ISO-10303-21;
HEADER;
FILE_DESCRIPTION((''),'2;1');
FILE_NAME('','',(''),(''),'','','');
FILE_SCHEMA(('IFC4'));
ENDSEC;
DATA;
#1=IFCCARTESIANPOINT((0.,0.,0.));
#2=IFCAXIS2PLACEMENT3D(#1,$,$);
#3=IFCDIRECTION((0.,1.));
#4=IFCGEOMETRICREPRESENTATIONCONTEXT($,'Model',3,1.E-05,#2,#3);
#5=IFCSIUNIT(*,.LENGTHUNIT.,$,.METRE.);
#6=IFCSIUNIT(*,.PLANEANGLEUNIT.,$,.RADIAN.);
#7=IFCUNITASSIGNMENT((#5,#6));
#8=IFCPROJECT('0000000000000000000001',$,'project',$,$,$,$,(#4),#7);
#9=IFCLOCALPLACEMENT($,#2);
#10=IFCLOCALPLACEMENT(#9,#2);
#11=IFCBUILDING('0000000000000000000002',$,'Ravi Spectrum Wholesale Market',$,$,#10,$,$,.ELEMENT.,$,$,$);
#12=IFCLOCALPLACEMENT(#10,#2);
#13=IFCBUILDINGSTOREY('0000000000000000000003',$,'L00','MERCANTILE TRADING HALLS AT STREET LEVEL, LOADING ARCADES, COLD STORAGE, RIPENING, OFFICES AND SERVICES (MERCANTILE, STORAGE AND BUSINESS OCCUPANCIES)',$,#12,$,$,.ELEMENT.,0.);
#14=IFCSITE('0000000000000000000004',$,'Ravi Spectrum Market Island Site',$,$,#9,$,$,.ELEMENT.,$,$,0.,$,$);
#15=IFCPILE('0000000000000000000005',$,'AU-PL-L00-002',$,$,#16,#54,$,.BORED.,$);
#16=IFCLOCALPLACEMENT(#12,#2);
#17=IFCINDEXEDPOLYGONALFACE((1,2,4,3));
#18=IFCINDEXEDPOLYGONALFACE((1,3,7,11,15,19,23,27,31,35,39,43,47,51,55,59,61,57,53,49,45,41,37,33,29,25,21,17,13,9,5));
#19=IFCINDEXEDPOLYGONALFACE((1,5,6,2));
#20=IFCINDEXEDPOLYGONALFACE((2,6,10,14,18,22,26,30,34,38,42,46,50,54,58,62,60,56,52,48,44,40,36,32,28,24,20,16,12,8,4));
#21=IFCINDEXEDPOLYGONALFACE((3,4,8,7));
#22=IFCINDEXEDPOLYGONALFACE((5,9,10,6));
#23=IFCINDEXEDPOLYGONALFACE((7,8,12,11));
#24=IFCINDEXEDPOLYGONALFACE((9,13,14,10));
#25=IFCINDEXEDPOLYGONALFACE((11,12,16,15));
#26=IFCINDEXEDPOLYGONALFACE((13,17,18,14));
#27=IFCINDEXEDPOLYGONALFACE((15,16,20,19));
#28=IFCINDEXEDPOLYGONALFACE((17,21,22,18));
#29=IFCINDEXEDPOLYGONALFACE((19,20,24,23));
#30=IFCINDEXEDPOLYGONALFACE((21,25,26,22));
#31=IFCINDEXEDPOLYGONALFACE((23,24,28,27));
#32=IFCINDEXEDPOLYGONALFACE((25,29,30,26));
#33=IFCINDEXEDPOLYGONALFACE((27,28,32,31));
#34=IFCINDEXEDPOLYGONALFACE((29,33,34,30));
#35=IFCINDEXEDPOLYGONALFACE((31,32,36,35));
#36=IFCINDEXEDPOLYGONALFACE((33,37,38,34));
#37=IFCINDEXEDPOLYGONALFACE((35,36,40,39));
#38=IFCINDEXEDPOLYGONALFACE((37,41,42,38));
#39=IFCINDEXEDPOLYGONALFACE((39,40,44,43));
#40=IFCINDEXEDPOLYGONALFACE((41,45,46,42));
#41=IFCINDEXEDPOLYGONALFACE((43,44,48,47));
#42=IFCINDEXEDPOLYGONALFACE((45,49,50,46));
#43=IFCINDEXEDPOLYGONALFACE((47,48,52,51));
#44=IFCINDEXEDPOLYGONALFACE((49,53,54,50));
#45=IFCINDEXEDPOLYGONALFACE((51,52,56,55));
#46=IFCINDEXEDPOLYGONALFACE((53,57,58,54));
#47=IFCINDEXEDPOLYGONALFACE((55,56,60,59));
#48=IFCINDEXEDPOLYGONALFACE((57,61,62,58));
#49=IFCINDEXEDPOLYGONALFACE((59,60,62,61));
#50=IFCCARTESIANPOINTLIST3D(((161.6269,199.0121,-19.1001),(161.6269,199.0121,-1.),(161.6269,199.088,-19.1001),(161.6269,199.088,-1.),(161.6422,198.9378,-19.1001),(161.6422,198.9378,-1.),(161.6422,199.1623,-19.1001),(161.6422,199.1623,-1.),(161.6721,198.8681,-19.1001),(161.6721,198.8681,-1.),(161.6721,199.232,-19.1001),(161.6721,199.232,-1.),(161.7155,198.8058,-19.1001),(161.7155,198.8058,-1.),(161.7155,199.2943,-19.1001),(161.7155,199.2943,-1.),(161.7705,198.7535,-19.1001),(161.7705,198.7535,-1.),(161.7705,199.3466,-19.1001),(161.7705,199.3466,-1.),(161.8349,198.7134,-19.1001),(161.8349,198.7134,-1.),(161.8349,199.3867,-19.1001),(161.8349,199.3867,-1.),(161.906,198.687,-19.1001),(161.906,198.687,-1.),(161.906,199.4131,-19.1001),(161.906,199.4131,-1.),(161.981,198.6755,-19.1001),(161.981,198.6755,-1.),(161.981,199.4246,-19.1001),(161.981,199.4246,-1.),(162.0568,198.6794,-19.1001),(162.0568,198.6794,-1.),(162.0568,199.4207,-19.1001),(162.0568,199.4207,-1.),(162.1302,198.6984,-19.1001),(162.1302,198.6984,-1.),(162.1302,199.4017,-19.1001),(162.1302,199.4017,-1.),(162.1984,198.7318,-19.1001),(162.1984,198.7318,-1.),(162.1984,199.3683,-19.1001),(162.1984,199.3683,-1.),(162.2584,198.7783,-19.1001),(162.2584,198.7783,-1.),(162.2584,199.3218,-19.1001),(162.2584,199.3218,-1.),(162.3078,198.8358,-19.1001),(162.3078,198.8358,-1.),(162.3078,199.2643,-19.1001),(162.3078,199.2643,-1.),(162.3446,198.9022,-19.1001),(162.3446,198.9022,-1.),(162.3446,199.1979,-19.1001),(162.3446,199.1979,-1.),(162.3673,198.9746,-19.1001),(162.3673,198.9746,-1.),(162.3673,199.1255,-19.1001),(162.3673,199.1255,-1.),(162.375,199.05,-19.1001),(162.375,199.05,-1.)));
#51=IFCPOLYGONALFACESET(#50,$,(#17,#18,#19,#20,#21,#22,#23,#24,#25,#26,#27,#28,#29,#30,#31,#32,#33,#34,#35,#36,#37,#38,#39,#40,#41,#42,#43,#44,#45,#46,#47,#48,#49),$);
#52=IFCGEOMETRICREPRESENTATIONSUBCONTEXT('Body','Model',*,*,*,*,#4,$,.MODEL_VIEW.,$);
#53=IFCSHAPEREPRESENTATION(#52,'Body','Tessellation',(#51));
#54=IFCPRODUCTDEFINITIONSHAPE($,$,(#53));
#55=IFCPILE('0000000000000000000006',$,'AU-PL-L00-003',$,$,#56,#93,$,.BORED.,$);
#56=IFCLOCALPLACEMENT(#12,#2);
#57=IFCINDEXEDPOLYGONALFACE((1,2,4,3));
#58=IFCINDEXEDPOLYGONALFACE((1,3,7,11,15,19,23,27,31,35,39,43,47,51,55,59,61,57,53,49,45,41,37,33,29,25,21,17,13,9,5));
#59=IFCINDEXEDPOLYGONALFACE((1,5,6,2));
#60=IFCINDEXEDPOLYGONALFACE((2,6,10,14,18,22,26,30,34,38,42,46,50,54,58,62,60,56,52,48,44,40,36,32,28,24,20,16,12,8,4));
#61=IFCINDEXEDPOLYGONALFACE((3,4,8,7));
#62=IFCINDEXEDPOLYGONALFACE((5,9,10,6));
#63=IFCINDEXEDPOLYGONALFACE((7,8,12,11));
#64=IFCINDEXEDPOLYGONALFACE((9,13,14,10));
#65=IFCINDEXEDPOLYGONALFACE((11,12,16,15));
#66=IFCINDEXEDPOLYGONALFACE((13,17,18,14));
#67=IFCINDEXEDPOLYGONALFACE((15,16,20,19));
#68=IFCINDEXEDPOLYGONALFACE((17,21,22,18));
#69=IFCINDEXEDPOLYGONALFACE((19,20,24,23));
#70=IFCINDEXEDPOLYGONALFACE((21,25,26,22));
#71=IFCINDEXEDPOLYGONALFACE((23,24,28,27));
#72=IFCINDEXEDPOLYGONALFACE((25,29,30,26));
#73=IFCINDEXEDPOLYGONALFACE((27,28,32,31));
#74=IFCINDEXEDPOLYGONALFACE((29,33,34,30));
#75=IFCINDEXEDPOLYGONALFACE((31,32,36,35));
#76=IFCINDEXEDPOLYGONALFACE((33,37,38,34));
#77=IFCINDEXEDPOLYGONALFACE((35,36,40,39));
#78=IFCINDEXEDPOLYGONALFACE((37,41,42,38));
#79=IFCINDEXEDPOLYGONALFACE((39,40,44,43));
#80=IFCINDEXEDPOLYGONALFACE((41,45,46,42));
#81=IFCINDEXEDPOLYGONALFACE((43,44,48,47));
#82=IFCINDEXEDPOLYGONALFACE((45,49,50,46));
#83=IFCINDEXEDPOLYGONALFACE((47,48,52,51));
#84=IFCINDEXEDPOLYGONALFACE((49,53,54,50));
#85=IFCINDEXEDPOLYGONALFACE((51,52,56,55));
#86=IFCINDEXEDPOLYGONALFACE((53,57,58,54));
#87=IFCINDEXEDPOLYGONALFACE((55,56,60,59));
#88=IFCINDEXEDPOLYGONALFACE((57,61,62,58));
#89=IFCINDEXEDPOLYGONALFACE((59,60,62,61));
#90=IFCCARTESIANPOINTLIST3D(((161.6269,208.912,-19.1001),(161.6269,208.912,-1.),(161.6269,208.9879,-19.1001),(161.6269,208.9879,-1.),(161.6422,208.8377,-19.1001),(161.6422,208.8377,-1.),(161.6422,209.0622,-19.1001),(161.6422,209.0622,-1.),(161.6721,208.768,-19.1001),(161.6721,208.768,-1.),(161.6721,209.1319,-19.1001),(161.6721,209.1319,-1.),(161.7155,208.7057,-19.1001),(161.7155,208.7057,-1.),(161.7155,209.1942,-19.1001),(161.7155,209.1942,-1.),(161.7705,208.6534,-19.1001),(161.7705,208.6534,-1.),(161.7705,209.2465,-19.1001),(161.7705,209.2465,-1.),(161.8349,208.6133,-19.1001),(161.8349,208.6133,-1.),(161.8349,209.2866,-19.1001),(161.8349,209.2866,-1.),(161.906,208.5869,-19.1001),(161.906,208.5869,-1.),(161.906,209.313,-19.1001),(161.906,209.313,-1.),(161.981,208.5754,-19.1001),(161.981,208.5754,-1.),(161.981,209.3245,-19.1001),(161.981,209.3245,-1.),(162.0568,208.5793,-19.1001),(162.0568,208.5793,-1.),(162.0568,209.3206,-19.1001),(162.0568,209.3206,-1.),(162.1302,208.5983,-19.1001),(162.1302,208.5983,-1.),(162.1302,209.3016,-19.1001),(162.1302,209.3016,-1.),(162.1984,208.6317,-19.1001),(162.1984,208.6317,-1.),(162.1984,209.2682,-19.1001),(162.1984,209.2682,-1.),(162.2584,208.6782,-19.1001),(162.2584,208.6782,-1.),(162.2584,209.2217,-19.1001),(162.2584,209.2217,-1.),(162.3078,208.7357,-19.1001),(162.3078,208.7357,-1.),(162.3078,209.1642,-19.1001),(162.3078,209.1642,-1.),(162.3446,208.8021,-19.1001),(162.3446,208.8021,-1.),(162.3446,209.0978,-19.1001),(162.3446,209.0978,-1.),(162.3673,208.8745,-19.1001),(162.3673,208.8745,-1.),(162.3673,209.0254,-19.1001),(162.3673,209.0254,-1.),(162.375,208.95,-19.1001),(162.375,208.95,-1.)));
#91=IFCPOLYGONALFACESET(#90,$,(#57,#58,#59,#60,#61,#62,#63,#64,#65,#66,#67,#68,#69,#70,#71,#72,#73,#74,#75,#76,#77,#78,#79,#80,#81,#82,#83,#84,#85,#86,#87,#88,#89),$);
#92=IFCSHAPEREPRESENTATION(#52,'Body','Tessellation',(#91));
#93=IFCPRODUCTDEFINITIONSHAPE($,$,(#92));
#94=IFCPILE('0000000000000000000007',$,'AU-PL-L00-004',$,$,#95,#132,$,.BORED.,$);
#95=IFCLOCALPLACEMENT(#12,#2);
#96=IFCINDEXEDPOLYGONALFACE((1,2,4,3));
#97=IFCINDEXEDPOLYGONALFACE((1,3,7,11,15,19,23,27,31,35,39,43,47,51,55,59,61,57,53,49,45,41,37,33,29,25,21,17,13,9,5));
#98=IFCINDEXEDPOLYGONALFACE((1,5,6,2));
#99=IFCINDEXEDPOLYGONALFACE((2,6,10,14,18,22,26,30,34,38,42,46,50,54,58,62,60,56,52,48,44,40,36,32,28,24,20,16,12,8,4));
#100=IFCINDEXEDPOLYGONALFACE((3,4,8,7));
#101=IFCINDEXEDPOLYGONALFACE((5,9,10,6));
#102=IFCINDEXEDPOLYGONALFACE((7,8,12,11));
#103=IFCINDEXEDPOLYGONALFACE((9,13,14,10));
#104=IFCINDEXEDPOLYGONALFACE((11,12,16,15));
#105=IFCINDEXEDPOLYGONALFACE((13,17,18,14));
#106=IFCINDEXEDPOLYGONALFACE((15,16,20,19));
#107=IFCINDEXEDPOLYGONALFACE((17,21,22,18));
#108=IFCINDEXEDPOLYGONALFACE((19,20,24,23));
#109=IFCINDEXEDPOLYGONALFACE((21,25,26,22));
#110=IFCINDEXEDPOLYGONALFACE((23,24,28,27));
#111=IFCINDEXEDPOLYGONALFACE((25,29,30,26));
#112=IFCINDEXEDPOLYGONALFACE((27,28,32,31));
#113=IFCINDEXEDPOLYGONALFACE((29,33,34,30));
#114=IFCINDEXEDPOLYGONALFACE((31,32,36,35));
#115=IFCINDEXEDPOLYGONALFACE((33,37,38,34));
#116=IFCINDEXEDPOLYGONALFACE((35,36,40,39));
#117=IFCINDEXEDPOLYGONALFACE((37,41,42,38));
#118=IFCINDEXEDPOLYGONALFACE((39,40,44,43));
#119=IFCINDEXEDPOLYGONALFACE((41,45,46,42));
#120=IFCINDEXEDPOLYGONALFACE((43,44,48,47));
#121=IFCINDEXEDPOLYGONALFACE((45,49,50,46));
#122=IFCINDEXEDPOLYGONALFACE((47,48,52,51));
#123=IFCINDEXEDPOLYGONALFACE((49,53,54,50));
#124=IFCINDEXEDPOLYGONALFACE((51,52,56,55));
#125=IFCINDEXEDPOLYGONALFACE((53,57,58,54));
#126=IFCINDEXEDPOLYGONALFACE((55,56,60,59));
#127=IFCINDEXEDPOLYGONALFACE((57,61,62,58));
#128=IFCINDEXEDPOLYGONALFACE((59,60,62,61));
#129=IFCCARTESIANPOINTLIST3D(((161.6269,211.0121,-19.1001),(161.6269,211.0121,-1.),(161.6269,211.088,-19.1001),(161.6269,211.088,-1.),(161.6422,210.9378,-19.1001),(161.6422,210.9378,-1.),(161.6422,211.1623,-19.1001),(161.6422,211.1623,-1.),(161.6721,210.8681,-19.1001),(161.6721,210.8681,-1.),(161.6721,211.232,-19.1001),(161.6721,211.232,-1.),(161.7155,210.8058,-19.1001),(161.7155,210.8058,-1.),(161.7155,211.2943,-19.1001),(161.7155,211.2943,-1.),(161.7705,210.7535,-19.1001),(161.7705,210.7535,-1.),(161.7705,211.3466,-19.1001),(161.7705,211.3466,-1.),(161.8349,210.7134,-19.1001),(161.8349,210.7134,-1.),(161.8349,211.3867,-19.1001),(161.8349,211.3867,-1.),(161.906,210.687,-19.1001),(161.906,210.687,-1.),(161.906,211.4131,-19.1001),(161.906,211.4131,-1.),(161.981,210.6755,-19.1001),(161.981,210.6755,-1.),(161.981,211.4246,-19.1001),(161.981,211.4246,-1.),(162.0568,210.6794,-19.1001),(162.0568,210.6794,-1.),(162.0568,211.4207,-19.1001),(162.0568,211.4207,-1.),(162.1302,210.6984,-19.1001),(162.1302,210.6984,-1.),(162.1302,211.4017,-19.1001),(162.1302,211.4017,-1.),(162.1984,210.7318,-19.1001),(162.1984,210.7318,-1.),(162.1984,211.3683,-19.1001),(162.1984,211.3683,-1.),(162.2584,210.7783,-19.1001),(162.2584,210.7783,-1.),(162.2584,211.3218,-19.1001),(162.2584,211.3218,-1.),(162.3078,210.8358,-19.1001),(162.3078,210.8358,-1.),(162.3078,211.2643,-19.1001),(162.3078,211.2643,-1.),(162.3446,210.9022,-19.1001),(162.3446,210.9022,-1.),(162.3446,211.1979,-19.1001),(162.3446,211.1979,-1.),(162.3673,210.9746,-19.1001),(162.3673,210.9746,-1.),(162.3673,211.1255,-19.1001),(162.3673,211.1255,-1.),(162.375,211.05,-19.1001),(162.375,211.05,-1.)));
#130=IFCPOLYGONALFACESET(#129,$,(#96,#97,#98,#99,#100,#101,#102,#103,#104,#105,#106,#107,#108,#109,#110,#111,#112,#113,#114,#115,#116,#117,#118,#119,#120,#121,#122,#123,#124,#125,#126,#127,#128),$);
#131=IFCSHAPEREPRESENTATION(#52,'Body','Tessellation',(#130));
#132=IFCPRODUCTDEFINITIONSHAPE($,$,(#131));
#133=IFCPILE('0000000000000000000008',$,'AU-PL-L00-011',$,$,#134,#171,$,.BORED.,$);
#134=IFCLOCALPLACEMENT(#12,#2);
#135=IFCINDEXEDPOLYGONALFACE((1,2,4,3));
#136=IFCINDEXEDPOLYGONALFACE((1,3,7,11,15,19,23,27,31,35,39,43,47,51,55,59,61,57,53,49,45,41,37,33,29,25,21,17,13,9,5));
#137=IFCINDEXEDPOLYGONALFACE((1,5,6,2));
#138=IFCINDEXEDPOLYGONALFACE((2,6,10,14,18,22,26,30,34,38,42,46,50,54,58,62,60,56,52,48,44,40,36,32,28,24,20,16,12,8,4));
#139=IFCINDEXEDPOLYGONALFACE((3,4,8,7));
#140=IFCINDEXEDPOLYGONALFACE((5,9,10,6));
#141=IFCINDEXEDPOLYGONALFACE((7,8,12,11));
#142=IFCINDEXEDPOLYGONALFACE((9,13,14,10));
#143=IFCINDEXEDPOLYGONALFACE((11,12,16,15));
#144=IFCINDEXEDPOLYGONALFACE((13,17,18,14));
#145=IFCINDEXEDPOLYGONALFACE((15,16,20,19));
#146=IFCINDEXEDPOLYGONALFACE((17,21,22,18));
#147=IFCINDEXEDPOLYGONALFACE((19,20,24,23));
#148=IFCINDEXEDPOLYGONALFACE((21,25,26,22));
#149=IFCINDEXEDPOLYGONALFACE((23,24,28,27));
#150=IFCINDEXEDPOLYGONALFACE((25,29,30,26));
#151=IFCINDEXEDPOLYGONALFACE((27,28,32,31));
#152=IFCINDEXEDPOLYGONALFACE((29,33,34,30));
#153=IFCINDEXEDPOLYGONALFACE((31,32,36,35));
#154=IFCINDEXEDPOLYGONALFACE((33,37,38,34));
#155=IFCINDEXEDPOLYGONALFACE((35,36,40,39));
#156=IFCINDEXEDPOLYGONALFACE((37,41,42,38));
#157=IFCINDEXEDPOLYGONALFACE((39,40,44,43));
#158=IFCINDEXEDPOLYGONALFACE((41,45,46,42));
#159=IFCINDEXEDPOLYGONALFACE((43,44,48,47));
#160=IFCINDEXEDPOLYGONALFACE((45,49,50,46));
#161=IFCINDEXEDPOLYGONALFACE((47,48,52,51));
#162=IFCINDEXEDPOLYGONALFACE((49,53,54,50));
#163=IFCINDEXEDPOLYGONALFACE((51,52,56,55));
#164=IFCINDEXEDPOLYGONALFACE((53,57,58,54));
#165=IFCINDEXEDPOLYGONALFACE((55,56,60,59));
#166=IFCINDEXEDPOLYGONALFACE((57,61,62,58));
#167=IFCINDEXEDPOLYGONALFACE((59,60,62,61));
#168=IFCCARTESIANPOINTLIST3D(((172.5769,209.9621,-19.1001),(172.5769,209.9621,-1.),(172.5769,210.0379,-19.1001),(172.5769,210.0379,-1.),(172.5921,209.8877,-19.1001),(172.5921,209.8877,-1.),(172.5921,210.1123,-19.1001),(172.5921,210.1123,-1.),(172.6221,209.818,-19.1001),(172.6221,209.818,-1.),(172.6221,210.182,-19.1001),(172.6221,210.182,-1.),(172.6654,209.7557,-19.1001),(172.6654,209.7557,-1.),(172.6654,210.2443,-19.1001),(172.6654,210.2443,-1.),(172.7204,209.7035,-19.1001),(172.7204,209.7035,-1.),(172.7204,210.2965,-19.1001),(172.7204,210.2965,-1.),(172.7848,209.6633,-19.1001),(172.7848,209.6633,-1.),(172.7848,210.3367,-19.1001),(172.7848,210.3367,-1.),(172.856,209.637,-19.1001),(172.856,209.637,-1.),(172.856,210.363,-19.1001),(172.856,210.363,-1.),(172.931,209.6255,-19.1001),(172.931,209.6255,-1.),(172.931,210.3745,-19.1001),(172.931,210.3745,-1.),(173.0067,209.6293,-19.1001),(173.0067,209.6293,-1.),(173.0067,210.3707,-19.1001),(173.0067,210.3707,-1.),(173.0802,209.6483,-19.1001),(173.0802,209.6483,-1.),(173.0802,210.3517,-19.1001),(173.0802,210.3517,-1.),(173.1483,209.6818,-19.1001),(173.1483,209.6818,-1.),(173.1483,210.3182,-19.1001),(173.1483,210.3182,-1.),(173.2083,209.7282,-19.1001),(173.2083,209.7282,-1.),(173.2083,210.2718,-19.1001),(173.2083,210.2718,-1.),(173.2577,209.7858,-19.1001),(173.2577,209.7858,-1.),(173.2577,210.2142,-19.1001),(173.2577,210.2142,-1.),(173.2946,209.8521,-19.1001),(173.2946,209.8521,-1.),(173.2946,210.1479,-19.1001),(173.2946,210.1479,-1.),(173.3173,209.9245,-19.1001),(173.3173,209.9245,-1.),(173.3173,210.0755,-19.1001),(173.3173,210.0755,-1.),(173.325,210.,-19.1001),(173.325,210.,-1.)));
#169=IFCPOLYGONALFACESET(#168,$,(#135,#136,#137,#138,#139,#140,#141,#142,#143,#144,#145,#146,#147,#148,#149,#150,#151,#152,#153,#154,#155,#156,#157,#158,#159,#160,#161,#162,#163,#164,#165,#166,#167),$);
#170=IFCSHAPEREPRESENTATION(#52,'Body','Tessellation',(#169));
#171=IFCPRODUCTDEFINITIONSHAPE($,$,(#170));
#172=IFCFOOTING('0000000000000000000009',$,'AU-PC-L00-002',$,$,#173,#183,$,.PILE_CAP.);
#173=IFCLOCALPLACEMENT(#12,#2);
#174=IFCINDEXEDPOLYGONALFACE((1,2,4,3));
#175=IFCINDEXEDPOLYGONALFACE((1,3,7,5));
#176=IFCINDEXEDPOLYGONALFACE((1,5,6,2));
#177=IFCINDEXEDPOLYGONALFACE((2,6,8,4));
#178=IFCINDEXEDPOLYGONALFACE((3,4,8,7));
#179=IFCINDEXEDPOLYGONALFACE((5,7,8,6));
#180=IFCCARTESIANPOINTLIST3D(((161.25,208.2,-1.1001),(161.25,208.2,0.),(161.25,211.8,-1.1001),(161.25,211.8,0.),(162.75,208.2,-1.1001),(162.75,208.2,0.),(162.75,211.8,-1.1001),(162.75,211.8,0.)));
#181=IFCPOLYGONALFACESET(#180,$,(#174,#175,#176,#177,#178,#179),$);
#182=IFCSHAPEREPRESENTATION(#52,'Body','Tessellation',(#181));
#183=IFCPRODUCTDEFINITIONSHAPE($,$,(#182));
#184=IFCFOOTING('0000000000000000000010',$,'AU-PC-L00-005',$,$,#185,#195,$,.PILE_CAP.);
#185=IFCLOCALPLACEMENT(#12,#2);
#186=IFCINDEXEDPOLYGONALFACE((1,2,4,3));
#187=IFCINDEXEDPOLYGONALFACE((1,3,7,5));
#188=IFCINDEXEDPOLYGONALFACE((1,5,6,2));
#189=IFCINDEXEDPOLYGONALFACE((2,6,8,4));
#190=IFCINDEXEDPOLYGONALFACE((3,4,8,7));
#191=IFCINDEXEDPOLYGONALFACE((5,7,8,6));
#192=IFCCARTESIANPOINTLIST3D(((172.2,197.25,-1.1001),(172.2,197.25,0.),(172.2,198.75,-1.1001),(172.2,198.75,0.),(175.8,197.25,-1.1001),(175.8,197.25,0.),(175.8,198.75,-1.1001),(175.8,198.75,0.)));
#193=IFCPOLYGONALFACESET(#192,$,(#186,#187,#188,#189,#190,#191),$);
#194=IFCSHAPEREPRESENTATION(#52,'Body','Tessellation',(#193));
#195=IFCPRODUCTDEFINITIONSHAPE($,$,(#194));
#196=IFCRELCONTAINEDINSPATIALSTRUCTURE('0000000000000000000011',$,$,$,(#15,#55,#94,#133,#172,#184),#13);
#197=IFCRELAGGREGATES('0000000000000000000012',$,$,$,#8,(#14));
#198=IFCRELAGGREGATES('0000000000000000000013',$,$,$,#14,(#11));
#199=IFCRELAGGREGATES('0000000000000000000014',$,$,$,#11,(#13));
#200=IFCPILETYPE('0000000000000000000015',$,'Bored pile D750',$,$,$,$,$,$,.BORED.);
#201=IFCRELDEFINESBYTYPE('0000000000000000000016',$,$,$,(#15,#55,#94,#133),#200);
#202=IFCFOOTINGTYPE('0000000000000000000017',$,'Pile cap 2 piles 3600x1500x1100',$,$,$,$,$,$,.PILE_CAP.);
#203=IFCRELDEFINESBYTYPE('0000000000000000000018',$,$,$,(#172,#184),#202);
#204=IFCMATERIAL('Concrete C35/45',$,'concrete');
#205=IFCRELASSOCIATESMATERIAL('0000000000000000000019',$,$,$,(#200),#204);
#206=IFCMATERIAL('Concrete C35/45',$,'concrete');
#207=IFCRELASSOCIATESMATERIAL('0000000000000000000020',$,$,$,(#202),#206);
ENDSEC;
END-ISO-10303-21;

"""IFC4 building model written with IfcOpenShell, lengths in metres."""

from ifc_helpers import new_model, si_unit, direction, frame, origin, origin_2d, place, context, subcontext, project, spatial, rectangle, circle, extrude, material, material_profile, profile_set, type_object, element, save


model = new_model("IFC4")

# Units and contexts
model_context = context("Model", 3, precision=1e-05, world=origin(), true_north=direction((0.0, 1.0)))
body_context = subcontext(model_context, "Body", "Model", "MODEL_VIEW")
ifc_project = project(units=[si_unit("LENGTHUNIT", "METRE"), si_unit("PLANEANGLEUNIT", "RADIAN")], contexts=[model_context])

# Site, building, storey
site_placement = place(None, origin())
site = spatial("IfcSite", under=ifc_project, at=site_placement, Name="Ravi Spectrum Market Island Site", CompositionType="ELEMENT", RefElevation=0.0)
building_placement = place(site_placement, origin())
building = spatial("IfcBuilding", under=site, at=building_placement, Name="Ravi Spectrum Wholesale Market", CompositionType="ELEMENT")
storey_placement = place(building_placement, origin())
storey = spatial("IfcBuildingStorey", under=building, at=storey_placement, Name="L00", Description="MERCANTILE TRADING HALLS AT STREET LEVEL, LOADING ARCADES, COLD STORAGE, RIPENING, OFFICES AND SERVICES (MERCANTILE, STORAGE AND BUSINESS OCCUPANCIES)", CompositionType="ELEMENT", Elevation=0.0)

# Piles
ifc_material_1 = material(Name="Concrete C35/45", Category="concrete")
ifc_material_profile_1 = material_profile(ifc_material_1, circle(Radius=0.375, at=origin_2d()))
ifc_profile_set_1 = profile_set([ifc_material_profile_1], Name="Concrete C35/45")
pile_type = type_object("IfcPileType", Name="Bored pile D750", PredefinedType="BORED", material=ifc_profile_set_1)
for number, where, z_axis, x_axis, name in (
    (1, (162.0, 199.05, -1.0), (0.0, 0.0, -1.0), (1.0, 0.0, 0.0), "AU-PL-L00-002"),
    (2, (162.0, 208.95, -1.0), (0.0, 0.0, -1.0), (1.0, 0.0, 0.0), "AU-PL-L00-003"),
    (3, (162.0, 211.05, -1.0), (0.0, 0.0, -1.0), (1.0, 0.0, 0.0), "AU-PL-L00-004"),
    (4, (172.95, 210.0, -1.0), (0.0, 0.0, -1.0), (1.0, 0.0, 0.0), "AU-PL-L00-011"),
):
    element("IfcPile", number, at=place(storey_placement, frame(where, z_axis=z_axis, x_axis=x_axis)), inside=storey, type_object=pile_type, Name=name, PredefinedType="BORED", context=body_context, shape_type="SweptSolid", body=[
        extrude(circle(Radius=0.375, at=origin_2d()), origin(), (0.0, 0.0, 1.0), 18.1001),
    ])

# Footings
ifc_material_2 = material(Name="Concrete C35/45", Category="concrete")
footing_type = type_object("IfcFootingType", Name="Pile cap 2 piles 3600x1500x1100", PredefinedType="PILE_CAP", material=ifc_material_2)
for number, where, z_axis, x_axis, name in (
    (5, (162.0, 210.0, -1.1001), (0.0, 0.0, 1.0), (0.0, 1.0, 0.0), "AU-PC-L00-002"),
    (6, (174.0, 198.0, -1.1001), (0.0, 0.0, 1.0), (1.0, 0.0, 0.0), "AU-PC-L00-005"),
):
    element("IfcFooting", number, at=place(storey_placement, frame(where, z_axis=z_axis, x_axis=x_axis)), inside=storey, type_object=footing_type, Name=name, PredefinedType="PILE_CAP", context=body_context, shape_type="SweptSolid", body=[
        extrude(rectangle(XDim=3.6001, YDim=1.5, at=origin_2d()), origin(), (0.0, 0.0, 1.0), 1.1001),
    ])

save(model, "model.ifc")
